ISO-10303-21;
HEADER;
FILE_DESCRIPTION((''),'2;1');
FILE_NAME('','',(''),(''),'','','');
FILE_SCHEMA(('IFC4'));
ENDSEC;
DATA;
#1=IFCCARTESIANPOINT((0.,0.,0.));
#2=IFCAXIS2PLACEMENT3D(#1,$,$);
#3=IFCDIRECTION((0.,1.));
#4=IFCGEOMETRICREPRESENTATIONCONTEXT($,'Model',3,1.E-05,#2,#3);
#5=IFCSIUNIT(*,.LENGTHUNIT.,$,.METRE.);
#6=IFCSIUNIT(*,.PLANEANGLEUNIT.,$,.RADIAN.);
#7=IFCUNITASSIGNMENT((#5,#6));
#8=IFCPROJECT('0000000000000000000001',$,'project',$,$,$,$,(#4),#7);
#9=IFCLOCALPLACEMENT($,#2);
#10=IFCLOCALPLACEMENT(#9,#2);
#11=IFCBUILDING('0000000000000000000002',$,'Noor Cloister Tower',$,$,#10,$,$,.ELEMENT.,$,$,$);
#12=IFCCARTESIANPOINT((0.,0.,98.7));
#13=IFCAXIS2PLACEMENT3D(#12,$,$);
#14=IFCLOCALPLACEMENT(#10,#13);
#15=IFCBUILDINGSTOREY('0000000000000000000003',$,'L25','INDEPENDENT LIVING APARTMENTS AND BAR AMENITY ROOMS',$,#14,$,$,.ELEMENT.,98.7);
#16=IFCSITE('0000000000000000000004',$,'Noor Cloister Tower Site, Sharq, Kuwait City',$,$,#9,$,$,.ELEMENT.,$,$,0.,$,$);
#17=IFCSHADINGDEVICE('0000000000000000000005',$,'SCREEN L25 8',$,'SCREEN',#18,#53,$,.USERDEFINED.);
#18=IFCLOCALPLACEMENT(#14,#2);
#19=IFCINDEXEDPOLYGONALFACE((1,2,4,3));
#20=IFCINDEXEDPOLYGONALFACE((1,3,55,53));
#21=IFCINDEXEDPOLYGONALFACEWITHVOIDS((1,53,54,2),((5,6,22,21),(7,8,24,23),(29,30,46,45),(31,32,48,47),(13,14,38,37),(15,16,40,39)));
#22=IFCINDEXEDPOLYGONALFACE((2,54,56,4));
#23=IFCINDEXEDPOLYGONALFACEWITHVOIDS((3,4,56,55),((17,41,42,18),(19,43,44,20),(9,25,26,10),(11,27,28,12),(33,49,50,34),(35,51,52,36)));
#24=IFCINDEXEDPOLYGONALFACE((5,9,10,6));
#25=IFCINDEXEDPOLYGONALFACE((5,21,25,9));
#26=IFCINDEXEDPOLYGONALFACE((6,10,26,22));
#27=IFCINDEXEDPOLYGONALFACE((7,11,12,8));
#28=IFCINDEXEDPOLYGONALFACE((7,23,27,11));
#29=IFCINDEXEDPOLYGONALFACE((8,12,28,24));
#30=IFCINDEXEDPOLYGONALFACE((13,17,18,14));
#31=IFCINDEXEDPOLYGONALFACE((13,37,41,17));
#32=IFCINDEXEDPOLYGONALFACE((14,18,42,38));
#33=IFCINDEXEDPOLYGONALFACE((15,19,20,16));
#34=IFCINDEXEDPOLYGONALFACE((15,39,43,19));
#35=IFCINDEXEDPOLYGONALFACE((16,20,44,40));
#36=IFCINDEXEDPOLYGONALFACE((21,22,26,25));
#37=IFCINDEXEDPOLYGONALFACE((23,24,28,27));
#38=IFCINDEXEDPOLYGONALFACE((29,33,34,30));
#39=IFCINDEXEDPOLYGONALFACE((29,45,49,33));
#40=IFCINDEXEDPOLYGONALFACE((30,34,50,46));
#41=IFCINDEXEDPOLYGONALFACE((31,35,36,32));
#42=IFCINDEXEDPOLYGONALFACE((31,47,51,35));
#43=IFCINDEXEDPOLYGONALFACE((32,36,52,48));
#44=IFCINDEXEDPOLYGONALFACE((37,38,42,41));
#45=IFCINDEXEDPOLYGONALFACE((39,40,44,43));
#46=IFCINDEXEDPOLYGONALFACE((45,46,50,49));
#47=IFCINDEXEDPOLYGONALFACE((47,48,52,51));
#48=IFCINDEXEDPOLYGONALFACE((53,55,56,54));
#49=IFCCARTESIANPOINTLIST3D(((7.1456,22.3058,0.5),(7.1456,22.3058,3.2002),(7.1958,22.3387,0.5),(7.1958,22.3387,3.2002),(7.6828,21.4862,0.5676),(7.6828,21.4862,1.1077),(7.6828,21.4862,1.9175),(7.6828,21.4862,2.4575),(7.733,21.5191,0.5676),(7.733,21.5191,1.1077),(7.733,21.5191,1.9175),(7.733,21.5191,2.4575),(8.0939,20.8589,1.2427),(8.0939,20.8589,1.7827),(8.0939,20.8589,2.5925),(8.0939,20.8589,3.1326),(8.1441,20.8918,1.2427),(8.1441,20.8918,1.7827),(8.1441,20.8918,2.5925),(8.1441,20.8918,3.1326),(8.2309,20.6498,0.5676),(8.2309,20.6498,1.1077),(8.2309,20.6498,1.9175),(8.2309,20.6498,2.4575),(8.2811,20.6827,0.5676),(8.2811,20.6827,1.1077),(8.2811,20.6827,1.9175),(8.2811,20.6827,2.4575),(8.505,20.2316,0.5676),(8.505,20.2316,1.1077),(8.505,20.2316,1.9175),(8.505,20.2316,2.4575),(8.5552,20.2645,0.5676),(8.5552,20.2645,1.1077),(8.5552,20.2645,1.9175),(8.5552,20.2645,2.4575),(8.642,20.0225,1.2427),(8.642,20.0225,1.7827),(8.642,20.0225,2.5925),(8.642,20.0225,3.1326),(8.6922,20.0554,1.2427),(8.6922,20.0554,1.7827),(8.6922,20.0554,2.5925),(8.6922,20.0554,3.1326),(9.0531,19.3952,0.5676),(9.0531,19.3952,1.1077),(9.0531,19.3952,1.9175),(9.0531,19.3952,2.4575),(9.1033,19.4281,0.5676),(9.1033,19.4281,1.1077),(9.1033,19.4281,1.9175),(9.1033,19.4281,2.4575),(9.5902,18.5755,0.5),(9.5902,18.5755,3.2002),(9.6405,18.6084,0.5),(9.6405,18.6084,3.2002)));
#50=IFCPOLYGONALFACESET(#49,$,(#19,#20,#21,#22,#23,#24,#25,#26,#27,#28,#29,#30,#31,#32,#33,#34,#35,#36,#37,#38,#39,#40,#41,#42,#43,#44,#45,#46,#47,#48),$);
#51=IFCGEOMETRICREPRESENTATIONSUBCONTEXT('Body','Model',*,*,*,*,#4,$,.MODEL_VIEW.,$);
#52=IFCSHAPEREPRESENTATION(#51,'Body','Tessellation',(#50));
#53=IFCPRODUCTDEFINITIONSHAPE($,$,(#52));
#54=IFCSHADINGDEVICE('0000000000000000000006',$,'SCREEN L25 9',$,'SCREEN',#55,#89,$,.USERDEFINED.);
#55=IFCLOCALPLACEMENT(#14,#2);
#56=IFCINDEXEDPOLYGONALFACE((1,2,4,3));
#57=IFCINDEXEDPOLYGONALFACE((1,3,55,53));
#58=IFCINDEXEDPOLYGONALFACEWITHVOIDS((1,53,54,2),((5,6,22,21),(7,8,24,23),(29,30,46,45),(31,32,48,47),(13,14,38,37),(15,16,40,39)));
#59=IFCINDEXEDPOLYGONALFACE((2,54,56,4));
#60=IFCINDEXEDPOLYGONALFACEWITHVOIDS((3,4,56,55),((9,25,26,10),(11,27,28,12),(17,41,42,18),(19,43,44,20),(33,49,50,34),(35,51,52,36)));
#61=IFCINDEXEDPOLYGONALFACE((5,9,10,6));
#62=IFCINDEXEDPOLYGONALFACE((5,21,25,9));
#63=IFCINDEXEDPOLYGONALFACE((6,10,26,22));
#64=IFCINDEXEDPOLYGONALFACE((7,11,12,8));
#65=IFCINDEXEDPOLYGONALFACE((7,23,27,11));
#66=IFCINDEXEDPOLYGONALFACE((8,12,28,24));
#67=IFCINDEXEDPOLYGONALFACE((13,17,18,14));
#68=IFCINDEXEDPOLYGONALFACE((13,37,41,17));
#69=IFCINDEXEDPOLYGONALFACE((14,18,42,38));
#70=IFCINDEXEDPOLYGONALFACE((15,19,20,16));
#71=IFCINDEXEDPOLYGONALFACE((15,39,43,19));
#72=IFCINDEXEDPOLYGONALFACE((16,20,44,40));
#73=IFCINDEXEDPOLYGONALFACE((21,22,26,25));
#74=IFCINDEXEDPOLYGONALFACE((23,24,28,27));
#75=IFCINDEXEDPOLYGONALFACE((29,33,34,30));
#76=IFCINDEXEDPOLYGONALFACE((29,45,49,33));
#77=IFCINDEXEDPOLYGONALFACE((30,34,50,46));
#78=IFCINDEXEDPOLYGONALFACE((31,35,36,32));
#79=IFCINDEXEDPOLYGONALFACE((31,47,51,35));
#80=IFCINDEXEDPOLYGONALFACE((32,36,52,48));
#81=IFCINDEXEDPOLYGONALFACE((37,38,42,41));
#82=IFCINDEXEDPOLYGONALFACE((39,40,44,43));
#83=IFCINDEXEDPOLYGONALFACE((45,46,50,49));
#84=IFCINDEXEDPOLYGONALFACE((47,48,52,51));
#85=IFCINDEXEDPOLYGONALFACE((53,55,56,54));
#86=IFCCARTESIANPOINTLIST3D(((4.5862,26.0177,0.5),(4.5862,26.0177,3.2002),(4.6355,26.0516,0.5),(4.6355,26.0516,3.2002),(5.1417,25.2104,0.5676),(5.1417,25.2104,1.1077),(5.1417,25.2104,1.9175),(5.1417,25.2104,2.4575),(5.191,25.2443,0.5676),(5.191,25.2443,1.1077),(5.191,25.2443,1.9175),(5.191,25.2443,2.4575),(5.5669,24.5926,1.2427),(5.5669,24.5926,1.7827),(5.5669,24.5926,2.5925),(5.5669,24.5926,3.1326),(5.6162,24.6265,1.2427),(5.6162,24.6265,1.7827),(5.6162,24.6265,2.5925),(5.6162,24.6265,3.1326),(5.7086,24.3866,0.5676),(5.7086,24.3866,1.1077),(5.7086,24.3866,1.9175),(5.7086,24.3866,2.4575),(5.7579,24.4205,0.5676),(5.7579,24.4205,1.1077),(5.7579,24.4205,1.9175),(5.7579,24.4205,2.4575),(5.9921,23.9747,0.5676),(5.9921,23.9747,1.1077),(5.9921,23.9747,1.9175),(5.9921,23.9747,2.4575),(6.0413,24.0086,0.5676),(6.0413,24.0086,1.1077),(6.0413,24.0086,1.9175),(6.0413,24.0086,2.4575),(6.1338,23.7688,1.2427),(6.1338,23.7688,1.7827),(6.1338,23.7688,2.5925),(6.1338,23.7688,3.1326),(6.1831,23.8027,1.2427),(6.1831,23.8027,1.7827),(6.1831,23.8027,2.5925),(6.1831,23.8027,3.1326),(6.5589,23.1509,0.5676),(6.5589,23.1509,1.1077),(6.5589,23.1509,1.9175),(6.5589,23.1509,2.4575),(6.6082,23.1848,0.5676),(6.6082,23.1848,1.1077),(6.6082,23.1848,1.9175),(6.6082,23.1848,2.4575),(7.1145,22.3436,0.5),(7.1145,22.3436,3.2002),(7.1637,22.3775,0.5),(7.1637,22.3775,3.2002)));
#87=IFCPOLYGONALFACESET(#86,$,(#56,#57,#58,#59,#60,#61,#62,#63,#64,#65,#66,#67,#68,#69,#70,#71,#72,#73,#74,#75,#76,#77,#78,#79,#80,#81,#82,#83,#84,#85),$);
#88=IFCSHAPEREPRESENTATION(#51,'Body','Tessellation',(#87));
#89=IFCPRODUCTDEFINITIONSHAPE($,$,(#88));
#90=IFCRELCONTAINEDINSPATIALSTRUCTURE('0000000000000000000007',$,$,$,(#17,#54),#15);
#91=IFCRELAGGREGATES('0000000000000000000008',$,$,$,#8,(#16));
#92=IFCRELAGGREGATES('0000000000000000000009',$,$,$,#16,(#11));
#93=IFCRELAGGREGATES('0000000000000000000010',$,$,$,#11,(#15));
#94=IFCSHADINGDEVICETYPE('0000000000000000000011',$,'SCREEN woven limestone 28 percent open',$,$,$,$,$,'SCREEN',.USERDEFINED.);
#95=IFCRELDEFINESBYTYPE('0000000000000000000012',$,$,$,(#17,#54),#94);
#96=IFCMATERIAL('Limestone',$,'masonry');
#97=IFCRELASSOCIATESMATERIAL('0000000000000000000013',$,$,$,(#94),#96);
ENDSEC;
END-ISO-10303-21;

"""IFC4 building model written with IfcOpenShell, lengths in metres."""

from ifc_helpers import new_model, si_unit, direction, frame, origin, place, context, subcontext, project, spatial, polyline, outline, extrude, material, material_profile, profile_set, type_object, element, save


model = new_model("IFC4")

# Units and contexts
model_context = context("Model", 3, precision=1e-05, world=origin(), true_north=direction((0.0, 1.0)))
body_context = subcontext(model_context, "Body", "Model", "MODEL_VIEW")
ifc_project = project(units=[si_unit("LENGTHUNIT", "METRE"), si_unit("PLANEANGLEUNIT", "RADIAN")], contexts=[model_context])

# Site, building, storey
site_placement = place(None, origin())
site = spatial("IfcSite", under=ifc_project, at=site_placement, Name="Noor Cloister Tower Site, Sharq, Kuwait City", CompositionType="ELEMENT", RefElevation=0.0)
building_placement = place(site_placement, origin())
building = spatial("IfcBuilding", under=site, at=building_placement, Name="Noor Cloister Tower", CompositionType="ELEMENT")
storey_placement = place(building_placement, frame((0.0, 0.0, 98.7)))
storey = spatial("IfcBuildingStorey", under=building, at=storey_placement, Name="L25", Description="INDEPENDENT LIVING APARTMENTS AND BAR AMENITY ROOMS", CompositionType="ELEMENT", Elevation=98.7)

# Shading devices
ifc_material_1 = material(Name="Limestone", Category="masonry")
ifc_material_profile_1 = material_profile(ifc_material_1, outline(polyline([(-2.23, -1.3501), (2.23, -1.3501), (2.23, 1.3501), (-2.23, 1.3501), (-2.23, -1.3501)]), holes=[polyline([(-1.25, -1.2825), (-0.25, -1.2825), (-0.25, -0.7424), (-1.25, -0.7424), (-1.25, -1.2825)]), polyline([(0.25, -1.2825), (1.25, -1.2825), (1.25, -0.7424), (0.25, -0.7424), (0.25, -1.2825)]), polyline([(-0.5, -0.6074), (0.5, -0.6074), (0.5, -0.0674), (-0.5, -0.0674), (-0.5, -0.6074)]), polyline([(-1.25, 0.0674), (-0.25, 0.0674), (-0.25, 0.6074), (-1.25, 0.6074), (-1.25, 0.0674)]), polyline([(0.25, 0.0674), (1.25, 0.0674), (1.25, 0.6074), (0.25, 0.6074), (0.25, 0.0674)]), polyline([(-0.5, 0.7424), (0.5, 0.7424), (0.5, 1.2825), (-0.5, 1.2825), (-0.5, 0.7424)])]), Name="Woven screen 28 percent open")
ifc_profile_set_1 = profile_set([ifc_material_profile_1], Name="Limestone")
shading_device_type = type_object("IfcShadingDeviceType", Name="SCREEN woven limestone 28 percent open", ElementType="SCREEN", PredefinedType="USERDEFINED", material=ifc_profile_set_1)
for number, where, z_axis, x_axis, name in (
    (1, (8.3679, 20.4407, 1.8501), (0.836397, 0.548124, 0.0), (-0.548124, 0.836397, 0.0), "SCREEN L25 8"),
):
    element("IfcShadingDevice", number, at=place(storey_placement, frame(where, z_axis=z_axis, x_axis=x_axis)), inside=storey, type_object=shading_device_type, Name=name, ObjectType="SCREEN", PredefinedType="USERDEFINED", context=body_context, shape_type="SweptSolid", body=[
        extrude(outline(polyline([(-2.23, -1.3501), (2.23, -1.3501), (2.23, 1.3501), (-2.23, 1.3501), (-2.23, -1.3501)]), holes=[polyline([(-1.25, -1.2825), (-0.25, -1.2825), (-0.25, -0.7424), (-1.25, -0.7424), (-1.25, -1.2825)]), polyline([(0.25, -1.2825), (1.25, -1.2825), (1.25, -0.7424), (0.25, -0.7424), (0.25, -1.2825)]), polyline([(-0.5, -0.6074), (0.5, -0.6074), (0.5, -0.0674), (-0.5, -0.0674), (-0.5, -0.6074)]), polyline([(-1.25, 0.0674), (-0.25, 0.0674), (-0.25, 0.6074), (-1.25, 0.6074), (-1.25, 0.0674)]), polyline([(0.25, 0.0674), (1.25, 0.0674), (1.25, 0.6074), (0.25, 0.6074), (0.25, 0.0674)]), polyline([(-0.5, 0.7424), (0.5, 0.7424), (0.5, 1.2825), (-0.5, 1.2825), (-0.5, 0.7424)])]), origin(), (0.0, 0.0, 1.0), 0.0601),
    ])
shading_device_1_placement = place(storey_placement, frame((5.8503, 24.1807, 1.8501), z_axis=(0.823804, 0.566875, 0.0), x_axis=(-0.566875, 0.823804, 0.0)))
element("IfcShadingDevice", 2, at=shading_device_1_placement, inside=storey, type_object=shading_device_type, Name="SCREEN L25 9", ObjectType="SCREEN", PredefinedType="USERDEFINED", context=body_context, shape_type="SweptSolid", body=[
    extrude(outline(polyline([(-2.23, -1.3501), (2.23, -1.3501), (2.23, 1.3501), (-2.23, 1.3501), (-2.23, -1.3501)]), holes=[polyline([(-1.25, -1.2825), (-0.25, -1.2825), (-0.25, -0.7424), (-1.25, -0.7424), (-1.25, -1.2825)]), polyline([(0.25, -1.2825), (1.25, -1.2825), (1.25, -0.7424), (0.25, -0.7424), (0.25, -1.2825)]), polyline([(-0.5, -0.6074), (0.5, -0.6074), (0.5, -0.0674), (-0.5, -0.0674), (-0.5, -0.6074)]), polyline([(-1.25, 0.0674), (-0.25, 0.0674), (-0.25, 0.6074), (-1.25, 0.6074), (-1.25, 0.0674)]), polyline([(0.25, 0.0674), (1.25, 0.0674), (1.25, 0.6074), (0.25, 0.6074), (0.25, 0.0674)]), polyline([(-0.5, 0.7424), (0.5, 0.7424), (0.5, 1.2825), (-0.5, 1.2825), (-0.5, 0.7424)])]), origin(), (0.0, 0.0, 1.0), 0.0598),
])

save(model, "model.ifc")
